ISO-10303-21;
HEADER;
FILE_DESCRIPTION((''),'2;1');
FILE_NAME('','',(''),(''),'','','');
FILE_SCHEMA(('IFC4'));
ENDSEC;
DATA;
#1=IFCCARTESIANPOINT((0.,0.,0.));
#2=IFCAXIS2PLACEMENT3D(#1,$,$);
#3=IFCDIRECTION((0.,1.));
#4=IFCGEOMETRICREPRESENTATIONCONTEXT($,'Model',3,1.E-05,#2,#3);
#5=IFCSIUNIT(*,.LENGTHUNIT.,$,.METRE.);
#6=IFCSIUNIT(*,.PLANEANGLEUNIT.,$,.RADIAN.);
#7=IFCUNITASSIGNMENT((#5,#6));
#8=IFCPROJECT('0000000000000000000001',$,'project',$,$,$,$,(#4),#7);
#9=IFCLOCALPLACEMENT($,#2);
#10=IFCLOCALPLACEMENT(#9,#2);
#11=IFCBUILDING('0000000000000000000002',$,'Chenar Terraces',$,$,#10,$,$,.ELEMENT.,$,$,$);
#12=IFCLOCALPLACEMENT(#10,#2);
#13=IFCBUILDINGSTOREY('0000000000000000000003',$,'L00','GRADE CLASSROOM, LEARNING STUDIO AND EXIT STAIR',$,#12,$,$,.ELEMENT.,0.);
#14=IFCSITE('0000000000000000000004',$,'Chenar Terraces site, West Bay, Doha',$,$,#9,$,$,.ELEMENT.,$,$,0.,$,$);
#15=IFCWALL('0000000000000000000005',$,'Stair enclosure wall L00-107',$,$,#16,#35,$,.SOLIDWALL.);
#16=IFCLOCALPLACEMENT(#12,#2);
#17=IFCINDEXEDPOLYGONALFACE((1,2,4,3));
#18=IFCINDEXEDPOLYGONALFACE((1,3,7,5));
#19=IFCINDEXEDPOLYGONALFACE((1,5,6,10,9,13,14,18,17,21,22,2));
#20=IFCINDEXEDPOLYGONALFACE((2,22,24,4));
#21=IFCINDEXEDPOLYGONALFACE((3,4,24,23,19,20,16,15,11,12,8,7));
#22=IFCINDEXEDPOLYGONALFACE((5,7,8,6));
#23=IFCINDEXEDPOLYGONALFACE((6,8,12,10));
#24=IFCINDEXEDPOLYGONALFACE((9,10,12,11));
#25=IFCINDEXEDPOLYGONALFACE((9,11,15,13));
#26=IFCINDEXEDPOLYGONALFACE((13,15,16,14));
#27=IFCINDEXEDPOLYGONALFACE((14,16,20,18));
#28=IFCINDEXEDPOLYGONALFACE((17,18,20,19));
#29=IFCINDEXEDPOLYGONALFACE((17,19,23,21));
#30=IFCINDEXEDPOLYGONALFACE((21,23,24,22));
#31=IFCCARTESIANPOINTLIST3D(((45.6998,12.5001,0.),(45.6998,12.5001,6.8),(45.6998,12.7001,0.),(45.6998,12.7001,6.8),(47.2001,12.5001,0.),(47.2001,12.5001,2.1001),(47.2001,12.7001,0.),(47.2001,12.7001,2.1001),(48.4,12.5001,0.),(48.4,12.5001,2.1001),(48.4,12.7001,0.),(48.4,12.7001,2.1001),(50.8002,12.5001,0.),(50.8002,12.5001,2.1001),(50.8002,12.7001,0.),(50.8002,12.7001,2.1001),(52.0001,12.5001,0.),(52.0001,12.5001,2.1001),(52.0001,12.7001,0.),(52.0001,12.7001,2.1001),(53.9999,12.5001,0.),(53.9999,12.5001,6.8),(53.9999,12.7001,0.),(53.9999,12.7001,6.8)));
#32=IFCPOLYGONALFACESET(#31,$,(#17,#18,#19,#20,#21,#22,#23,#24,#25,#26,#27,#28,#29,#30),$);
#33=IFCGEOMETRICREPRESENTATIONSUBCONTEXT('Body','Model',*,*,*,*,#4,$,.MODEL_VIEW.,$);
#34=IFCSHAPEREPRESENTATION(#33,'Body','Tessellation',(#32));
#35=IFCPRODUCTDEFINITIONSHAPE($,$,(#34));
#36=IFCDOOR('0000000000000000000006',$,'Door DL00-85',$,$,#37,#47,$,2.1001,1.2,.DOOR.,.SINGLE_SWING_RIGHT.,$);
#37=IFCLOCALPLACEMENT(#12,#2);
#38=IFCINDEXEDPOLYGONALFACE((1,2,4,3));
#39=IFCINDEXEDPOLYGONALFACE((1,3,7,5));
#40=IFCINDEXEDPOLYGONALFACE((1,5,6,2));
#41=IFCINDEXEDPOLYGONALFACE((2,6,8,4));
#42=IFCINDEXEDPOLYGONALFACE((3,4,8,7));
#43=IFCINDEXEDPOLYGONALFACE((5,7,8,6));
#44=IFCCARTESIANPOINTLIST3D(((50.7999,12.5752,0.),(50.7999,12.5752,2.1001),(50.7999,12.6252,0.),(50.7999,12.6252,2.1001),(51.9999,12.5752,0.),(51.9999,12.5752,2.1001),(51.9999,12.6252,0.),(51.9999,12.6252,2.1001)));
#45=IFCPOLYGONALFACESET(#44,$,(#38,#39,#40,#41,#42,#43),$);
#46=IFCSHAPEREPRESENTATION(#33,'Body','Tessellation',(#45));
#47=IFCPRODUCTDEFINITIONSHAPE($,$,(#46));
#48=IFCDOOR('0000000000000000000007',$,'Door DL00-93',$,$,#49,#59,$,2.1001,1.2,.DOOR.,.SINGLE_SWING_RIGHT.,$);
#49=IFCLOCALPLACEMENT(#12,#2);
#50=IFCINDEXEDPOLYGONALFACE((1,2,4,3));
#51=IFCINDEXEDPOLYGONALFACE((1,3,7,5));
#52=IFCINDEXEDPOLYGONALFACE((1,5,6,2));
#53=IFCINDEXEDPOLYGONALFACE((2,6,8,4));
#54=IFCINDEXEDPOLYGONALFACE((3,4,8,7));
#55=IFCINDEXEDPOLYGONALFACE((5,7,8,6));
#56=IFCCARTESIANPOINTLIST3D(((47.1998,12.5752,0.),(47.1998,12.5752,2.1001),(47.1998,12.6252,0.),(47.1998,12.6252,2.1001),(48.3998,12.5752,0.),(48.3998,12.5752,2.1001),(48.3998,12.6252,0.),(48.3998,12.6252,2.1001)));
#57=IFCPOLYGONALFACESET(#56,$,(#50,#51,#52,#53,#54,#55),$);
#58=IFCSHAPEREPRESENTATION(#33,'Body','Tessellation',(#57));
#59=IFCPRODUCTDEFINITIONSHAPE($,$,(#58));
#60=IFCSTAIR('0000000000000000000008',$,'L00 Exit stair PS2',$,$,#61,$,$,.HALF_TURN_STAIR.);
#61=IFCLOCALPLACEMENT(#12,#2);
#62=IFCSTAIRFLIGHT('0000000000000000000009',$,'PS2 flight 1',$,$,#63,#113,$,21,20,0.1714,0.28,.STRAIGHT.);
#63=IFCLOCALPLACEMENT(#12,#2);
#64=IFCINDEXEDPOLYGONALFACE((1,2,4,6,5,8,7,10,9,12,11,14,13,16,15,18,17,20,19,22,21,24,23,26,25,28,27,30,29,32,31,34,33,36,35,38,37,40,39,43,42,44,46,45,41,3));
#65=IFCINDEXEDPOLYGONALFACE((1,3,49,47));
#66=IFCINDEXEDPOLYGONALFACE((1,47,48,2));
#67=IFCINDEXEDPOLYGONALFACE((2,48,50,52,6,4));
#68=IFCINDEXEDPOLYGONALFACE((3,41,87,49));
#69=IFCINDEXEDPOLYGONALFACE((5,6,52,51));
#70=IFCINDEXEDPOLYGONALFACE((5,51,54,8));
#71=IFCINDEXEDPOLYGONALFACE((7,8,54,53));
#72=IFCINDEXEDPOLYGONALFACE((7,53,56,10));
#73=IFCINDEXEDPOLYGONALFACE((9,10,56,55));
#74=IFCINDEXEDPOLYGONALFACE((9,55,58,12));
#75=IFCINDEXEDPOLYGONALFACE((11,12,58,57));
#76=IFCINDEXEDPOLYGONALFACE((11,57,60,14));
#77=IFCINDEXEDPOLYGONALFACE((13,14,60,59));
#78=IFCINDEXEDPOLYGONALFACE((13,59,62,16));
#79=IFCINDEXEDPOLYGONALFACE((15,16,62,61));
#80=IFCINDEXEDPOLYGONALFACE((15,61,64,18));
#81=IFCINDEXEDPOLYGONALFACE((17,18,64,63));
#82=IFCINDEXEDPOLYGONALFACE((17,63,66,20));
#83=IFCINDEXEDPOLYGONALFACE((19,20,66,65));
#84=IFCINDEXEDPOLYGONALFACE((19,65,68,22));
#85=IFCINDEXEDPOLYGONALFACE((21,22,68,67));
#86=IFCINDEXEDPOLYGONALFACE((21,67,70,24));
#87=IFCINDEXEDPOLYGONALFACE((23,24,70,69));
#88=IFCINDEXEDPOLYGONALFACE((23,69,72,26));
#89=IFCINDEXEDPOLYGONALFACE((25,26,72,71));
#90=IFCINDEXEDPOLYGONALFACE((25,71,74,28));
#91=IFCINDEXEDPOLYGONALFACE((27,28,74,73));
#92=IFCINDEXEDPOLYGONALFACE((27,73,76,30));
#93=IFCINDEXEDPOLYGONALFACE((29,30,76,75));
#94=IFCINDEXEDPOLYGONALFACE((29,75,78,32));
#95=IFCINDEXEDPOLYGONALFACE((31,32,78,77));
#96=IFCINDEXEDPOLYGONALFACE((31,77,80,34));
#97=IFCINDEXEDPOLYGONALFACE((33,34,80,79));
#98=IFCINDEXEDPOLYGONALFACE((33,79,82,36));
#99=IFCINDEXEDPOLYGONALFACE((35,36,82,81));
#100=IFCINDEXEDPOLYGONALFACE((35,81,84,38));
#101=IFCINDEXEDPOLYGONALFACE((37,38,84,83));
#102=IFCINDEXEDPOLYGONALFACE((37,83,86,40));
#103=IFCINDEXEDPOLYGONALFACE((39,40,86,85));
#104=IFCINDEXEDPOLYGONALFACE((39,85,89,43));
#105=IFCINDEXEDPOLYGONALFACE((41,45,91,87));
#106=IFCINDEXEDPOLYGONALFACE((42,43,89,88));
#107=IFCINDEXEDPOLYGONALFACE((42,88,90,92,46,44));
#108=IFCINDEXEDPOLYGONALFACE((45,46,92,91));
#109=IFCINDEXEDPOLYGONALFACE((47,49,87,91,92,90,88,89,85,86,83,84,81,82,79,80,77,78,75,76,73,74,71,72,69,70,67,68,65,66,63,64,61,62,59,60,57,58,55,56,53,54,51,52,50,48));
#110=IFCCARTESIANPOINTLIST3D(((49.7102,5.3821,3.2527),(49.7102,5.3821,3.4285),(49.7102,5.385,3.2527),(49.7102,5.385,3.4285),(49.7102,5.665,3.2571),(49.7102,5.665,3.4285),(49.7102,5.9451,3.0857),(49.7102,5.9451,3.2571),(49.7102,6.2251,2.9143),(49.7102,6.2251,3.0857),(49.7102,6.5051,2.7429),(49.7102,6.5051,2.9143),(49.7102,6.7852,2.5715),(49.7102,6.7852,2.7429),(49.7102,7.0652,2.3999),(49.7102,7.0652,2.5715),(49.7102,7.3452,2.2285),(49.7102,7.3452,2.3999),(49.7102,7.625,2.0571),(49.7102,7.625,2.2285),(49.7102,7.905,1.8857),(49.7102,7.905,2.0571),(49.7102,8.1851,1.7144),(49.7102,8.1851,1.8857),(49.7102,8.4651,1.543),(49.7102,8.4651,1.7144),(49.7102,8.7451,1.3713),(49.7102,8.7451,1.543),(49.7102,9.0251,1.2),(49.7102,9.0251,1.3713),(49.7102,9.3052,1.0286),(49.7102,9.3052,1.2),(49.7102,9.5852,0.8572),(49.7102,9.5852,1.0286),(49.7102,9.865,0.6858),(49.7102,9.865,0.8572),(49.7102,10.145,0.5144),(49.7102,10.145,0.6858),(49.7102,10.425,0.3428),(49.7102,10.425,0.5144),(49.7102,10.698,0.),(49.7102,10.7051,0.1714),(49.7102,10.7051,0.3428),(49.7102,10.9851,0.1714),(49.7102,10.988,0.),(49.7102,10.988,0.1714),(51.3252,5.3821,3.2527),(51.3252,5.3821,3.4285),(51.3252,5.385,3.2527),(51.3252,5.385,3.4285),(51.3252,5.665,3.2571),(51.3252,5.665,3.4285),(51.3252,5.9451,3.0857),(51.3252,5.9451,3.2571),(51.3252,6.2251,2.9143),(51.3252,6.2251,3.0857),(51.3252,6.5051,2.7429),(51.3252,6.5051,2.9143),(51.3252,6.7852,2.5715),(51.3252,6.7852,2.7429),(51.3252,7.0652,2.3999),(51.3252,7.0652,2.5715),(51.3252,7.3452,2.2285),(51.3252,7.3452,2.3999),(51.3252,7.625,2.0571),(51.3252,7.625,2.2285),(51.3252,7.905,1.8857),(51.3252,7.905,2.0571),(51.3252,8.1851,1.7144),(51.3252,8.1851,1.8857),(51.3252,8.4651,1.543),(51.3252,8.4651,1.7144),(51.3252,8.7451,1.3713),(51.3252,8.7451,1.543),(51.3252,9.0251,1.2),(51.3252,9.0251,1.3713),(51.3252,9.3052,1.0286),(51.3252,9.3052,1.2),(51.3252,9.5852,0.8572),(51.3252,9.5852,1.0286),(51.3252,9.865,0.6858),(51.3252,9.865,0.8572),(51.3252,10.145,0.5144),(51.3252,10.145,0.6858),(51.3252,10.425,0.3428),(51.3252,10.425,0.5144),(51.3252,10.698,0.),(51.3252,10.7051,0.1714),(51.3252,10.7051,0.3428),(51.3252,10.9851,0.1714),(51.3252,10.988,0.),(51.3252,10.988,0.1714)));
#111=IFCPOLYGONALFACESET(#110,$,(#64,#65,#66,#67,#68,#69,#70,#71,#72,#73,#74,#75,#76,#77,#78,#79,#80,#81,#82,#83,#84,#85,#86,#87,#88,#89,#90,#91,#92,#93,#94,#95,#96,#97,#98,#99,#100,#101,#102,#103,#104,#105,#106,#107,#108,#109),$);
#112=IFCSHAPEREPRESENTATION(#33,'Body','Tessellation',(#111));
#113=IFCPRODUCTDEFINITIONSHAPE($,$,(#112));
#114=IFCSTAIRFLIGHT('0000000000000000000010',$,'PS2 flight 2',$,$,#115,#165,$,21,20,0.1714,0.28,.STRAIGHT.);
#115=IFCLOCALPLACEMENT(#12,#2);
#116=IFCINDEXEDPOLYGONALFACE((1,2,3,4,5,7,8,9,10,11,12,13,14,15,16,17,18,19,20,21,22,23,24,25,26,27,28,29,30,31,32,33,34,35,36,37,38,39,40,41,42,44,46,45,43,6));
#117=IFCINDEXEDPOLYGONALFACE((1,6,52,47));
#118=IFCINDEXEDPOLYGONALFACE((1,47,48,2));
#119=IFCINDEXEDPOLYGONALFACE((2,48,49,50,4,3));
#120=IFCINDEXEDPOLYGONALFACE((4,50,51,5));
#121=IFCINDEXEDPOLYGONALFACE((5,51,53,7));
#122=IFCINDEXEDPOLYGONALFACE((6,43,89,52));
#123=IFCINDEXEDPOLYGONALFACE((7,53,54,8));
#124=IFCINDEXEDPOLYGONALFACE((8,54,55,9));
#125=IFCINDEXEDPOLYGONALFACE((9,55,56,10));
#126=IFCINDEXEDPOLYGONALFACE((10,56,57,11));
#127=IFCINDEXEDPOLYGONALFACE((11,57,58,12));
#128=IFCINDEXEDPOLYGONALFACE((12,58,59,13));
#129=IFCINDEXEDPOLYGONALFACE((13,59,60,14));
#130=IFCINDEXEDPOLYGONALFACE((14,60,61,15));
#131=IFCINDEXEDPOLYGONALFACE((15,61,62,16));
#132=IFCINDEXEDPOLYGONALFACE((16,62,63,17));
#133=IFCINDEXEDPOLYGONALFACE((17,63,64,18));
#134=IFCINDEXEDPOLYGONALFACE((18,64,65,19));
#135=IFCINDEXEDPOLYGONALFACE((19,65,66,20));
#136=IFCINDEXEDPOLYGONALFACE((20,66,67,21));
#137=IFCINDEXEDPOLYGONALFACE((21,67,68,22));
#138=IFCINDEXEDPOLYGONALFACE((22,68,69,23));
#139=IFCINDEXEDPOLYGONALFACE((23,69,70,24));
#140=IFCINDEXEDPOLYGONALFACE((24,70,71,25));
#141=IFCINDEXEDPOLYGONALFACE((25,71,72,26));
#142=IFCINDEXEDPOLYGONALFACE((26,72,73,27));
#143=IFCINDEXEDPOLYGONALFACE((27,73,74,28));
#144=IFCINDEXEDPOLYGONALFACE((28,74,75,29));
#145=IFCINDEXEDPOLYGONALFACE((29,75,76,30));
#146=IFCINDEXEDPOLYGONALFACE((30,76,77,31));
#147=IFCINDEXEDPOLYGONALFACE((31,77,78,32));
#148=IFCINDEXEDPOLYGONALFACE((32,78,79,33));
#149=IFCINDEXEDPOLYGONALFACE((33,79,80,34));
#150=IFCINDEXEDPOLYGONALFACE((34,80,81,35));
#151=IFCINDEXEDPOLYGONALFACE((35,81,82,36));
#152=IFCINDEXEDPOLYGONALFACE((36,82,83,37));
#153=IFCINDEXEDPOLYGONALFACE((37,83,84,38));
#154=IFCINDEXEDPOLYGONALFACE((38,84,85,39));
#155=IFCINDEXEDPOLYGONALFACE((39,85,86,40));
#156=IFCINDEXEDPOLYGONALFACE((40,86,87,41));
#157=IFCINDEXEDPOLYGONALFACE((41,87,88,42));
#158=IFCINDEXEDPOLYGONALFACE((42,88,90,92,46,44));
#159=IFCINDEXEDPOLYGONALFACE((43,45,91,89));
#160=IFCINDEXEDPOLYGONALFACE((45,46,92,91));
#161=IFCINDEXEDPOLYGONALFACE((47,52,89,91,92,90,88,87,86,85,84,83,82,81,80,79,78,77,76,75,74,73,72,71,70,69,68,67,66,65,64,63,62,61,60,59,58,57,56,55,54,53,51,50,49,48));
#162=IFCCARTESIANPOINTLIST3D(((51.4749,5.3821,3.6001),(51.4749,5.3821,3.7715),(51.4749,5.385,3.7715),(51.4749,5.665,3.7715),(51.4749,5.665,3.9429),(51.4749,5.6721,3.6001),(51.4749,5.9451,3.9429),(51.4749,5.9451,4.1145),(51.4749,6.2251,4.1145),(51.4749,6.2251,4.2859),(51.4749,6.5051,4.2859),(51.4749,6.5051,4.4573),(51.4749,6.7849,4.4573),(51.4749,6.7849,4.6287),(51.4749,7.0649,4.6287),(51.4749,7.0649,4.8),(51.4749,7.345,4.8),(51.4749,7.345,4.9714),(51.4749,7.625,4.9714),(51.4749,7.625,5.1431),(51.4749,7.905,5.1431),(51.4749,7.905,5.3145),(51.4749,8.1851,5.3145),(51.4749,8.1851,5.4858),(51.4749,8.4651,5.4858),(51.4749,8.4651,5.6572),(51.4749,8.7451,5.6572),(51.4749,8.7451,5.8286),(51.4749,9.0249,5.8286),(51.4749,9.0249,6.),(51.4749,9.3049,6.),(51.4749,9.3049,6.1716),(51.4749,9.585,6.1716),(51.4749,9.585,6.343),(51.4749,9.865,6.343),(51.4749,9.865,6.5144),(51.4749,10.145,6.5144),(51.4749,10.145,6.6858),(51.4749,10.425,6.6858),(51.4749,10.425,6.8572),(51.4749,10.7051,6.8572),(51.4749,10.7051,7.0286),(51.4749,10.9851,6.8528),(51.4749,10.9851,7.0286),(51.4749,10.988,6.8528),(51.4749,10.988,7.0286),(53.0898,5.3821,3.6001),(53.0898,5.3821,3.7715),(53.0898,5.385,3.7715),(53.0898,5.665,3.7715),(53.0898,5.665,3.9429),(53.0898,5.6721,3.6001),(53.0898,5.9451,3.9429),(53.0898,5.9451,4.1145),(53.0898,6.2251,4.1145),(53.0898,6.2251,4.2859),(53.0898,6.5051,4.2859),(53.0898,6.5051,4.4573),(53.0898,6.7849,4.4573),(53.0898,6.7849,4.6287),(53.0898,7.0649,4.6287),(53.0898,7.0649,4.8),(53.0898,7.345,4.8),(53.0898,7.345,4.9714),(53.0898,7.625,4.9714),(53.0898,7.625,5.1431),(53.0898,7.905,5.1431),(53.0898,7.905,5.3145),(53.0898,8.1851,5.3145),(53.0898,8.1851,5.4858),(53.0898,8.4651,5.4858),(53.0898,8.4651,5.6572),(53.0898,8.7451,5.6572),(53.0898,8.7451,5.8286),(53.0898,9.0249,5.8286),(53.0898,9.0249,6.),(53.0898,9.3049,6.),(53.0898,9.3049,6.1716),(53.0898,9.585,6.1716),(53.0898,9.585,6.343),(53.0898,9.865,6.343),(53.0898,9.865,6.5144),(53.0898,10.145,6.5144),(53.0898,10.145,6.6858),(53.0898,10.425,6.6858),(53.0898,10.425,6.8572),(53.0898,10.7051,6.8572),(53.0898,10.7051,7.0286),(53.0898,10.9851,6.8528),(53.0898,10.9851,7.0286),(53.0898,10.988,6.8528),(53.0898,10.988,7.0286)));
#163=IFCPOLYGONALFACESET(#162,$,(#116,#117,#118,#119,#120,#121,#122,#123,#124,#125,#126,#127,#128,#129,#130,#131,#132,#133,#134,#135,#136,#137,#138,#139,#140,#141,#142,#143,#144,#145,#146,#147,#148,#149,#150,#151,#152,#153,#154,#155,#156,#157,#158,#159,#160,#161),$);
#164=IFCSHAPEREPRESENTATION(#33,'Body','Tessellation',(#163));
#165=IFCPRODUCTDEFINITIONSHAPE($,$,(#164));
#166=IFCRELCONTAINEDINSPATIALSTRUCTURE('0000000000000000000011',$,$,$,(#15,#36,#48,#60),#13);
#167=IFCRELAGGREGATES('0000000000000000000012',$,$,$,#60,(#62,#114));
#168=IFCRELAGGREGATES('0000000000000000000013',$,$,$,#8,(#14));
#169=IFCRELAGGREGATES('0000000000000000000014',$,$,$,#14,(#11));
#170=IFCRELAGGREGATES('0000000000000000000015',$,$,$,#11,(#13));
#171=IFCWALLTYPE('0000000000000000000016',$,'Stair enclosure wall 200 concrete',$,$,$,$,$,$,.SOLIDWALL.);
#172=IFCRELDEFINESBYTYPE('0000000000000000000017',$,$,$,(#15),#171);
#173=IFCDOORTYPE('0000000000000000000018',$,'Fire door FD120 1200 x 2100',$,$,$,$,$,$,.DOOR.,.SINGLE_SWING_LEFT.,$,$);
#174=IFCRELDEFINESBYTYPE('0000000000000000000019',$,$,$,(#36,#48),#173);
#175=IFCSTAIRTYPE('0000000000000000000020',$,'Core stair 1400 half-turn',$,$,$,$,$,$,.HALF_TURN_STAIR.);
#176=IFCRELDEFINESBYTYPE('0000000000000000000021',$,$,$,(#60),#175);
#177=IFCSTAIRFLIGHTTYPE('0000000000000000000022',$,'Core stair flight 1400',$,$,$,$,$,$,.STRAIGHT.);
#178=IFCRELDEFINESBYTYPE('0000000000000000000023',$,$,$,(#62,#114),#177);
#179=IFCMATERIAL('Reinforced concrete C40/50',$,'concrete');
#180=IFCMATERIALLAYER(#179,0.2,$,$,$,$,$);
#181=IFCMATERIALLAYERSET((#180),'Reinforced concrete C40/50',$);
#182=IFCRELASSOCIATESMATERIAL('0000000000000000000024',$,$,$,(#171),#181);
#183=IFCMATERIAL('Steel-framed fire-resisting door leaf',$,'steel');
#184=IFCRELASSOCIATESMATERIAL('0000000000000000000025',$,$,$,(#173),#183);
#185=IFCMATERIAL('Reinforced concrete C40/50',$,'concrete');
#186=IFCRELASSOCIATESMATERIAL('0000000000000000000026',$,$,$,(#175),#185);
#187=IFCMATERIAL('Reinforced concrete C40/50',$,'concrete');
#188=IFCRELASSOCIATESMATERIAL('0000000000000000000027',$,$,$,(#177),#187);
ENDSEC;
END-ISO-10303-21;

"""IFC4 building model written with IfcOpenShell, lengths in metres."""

from ifc_helpers import new_model, si_unit, direction, frame, frame_2d, origin, place, context, subcontext, project, spatial, polyline, rectangle, outline, extrude, material, layer, layer_set, type_object, element, fill, aggregate, save


model = new_model("IFC4")

# Units and contexts
model_context = context("Model", 3, precision=1e-05, world=origin(), true_north=direction((0.0, 1.0)))
body_context = subcontext(model_context, "Body", "Model", "MODEL_VIEW")
ifc_project = project(units=[si_unit("LENGTHUNIT", "METRE"), si_unit("PLANEANGLEUNIT", "RADIAN")], contexts=[model_context])

# Site, building, storey
site_placement = place(None, origin())
site = spatial("IfcSite", under=ifc_project, at=site_placement, Name="Chenar Terraces site, West Bay, Doha", CompositionType="ELEMENT", RefElevation=0.0)
building_placement = place(site_placement, origin())
building = spatial("IfcBuilding", under=site, at=building_placement, Name="Chenar Terraces", CompositionType="ELEMENT")
storey_placement = place(building_placement, origin())
storey = spatial("IfcBuildingStorey", under=building, at=storey_placement, Name="L00", Description="GRADE CLASSROOM, LEARNING STUDIO AND EXIT STAIR", CompositionType="ELEMENT", Elevation=0.0)

# Wall, openings, doors
ifc_material_1 = material(Name="Reinforced concrete C40/50", Category="concrete")
ifc_layer_1 = layer(ifc_material_1, 0.2)
ifc_layer_set_1 = layer_set([ifc_layer_1], Name="Reinforced concrete C40/50")
wall_type_1 = type_object("IfcWallType", Name="Stair enclosure wall 200 concrete", PredefinedType="SOLIDWALL", material=ifc_layer_set_1)
wall_1_placement = place(storey_placement, frame((45.7, 12.6001, 0.0), z_axis=(0.0, 0.0, 1.0), x_axis=(1.0, 0.0, 0.0)))
wall_1 = element("IfcWall", 1, at=wall_1_placement, inside=storey, type_object=wall_type_1, Name="Stair enclosure wall L00-107", PredefinedType="SOLIDWALL", context=body_context, shape_type="SweptSolid", body=[
    extrude(rectangle(XDim=8.3, YDim=0.2, at=frame_2d((4.1499, 0.0))), origin(), (0.0, 0.0, 1.0), 6.8),
])
opening_1_placement = place(wall_1_placement, frame((5.1001, 0.0, 0.0)))
opening_1 = element("IfcOpeningElement", 2, at=opening_1_placement, cuts=wall_1, PredefinedType="OPENING", context=body_context, shape_type="SweptSolid", body=[
    extrude(rectangle(XDim=1.2, YDim=2.1001, at=frame_2d((0.6001, 1.05))), frame((0.0, 0.1099, 0.0), z_axis=(0.0, -1.0, 0.0), x_axis=(1.0, 0.0, 0.0)), (0.0, 0.0, 1.0), 0.22),
])
opening_2_placement = place(wall_1_placement, frame((1.5, 0.0, 0.0)))
opening_2 = element("IfcOpeningElement", 3, at=opening_2_placement, cuts=wall_1, PredefinedType="OPENING", context=body_context, shape_type="SweptSolid", body=[
    extrude(rectangle(XDim=1.2, YDim=2.1001, at=frame_2d((0.6001, 1.05))), frame((0.0, 0.1099, 0.0), z_axis=(0.0, -1.0, 0.0), x_axis=(1.0, 0.0, 0.0)), (0.0, 0.0, 1.0), 0.22),
])
ifc_material_2 = material(Name="Steel-framed fire-resisting door leaf", Category="steel")
door_type_1 = type_object("IfcDoorType", Name="Fire door FD120 1200 x 2100", OperationType="SINGLE_SWING_LEFT", PredefinedType="DOOR", material=ifc_material_2)
door_1_placement = place(opening_1_placement, frame((1.2, 0.0, 0.0), z_axis=(0.0, 0.0, 1.0), x_axis=(-1.0, 0.0, 0.0)))
door_1 = element("IfcDoor", 4, at=door_1_placement, inside=storey, type_object=door_type_1, Name="Door DL00-85", OperationType="SINGLE_SWING_RIGHT", OverallHeight=2.1001, OverallWidth=1.2, PredefinedType="DOOR", context=body_context, shape_type="SweptSolid", body=[
    extrude(rectangle(XDim=1.2, YDim=2.1001, at=frame_2d((0.6001, 1.05))), frame((0.0, 0.0249, 0.0), z_axis=(0.0, -1.0, 0.0), x_axis=(1.0, 0.0, 0.0)), (0.0, 0.0, 1.0), 0.05),
])
fill(opening_1, door_1)
door_2_placement = place(opening_2_placement, frame((1.2, 0.0, 0.0), z_axis=(0.0, 0.0, 1.0), x_axis=(-1.0, 0.0, 0.0)))
door_2 = element("IfcDoor", 5, at=door_2_placement, inside=storey, type_object=door_type_1, Name="Door DL00-93", OperationType="SINGLE_SWING_RIGHT", OverallHeight=2.1001, OverallWidth=1.2, PredefinedType="DOOR", context=body_context, shape_type="SweptSolid", body=[
    extrude(rectangle(XDim=1.2, YDim=2.1001, at=frame_2d((0.6001, 1.05))), frame((0.0, 0.0249, 0.0), z_axis=(0.0, -1.0, 0.0), x_axis=(1.0, 0.0, 0.0)), (0.0, 0.0, 1.0), 0.05),
])
fill(opening_2, door_2)

# Stair, stair flights
ifc_material_3 = material(Name="Reinforced concrete C40/50", Category="concrete")
stair_type = type_object("IfcStairType", Name="Core stair 1400 half-turn", PredefinedType="HALF_TURN_STAIR", material=ifc_material_3)
placement = place(storey_placement, origin())
stair_1 = element("IfcStair", 6, at=placement, inside=storey, type_object=stair_type, Name="L00 Exit stair PS2", PredefinedType="HALF_TURN_STAIR")
ifc_material_4 = material(Name="Reinforced concrete C40/50", Category="concrete")
stair_flight_type = type_object("IfcStairFlightType", Name="Core stair flight 1400", PredefinedType="STRAIGHT", material=ifc_material_4)
stair_flight_1_placement = place(storey_placement, frame((50.5176, 10.9851, 0.0), z_axis=(0.0, 0.0, 1.0), x_axis=(0.0, -1.0, 0.0)))
stair_flight_1 = element("IfcStairFlight", 7, at=stair_flight_1_placement, type_object=stair_flight_type, Name="PS2 flight 1", NumberOfRisers=21, NumberOfTreads=20, PredefinedType="STRAIGHT", RiserHeight=0.1714, TreadLength=0.28, context=body_context, shape_type="SweptSolid", body=[
    extrude(outline(polyline([(-0.0029, 0.0), (-0.0029, 0.1714), (0.0, 0.1714), (0.28, 0.1714), (0.28, 0.3428), (0.5601, 0.3428), (0.5601, 0.5144), (0.8401, 0.5144), (0.8401, 0.6858), (1.1201, 0.6858), (1.1201, 0.8572), (1.3999, 0.8572), (1.3999, 1.0286), (1.6799, 1.0286), (1.6799, 1.2), (1.96, 1.2), (1.96, 1.3713), (2.24, 1.3713), (2.24, 1.543), (2.52, 1.543), (2.52, 1.7144), (2.8, 1.7144), (2.8, 1.8857), (3.0801, 1.8857), (3.0801, 2.0571), (3.3601, 2.0571), (3.3601, 2.2285), (3.6399, 2.2285), (3.6399, 2.3999), (3.9199, 2.3999), (3.9199, 2.5715), (4.2, 2.5715), (4.2, 2.7429), (4.48, 2.7429), (4.48, 2.9143), (4.76, 2.9143), (4.76, 3.0857), (5.04, 3.0857), (5.04, 3.2571), (5.3201, 3.2571), (5.3201, 3.4285), (5.6001, 3.4285), (5.603, 3.4285), (5.603, 3.2527), (5.6001, 3.2527), (0.2871, 0.0), (-0.0029, 0.0)])), frame((0.0, 0.8076, 0.0), z_axis=(0.0, -1.0, 0.0), x_axis=(1.0, 0.0, 0.0)), (0.0, 0.0, 1.0), 1.615),
])
stair_flight_2_placement = place(storey_placement, frame((52.2825, 5.385, 3.6001), z_axis=(0.0, 0.0, 1.0), x_axis=(0.0, 1.0, 0.0)))
stair_flight_2 = element("IfcStairFlight", 8, at=stair_flight_2_placement, type_object=stair_flight_type, Name="PS2 flight 2", NumberOfRisers=21, NumberOfTreads=20, PredefinedType="STRAIGHT", RiserHeight=0.1714, TreadLength=0.28, context=body_context, shape_type="SweptSolid", body=[
    extrude(outline(polyline([(-0.0029, 0.0), (-0.0029, 0.1714), (0.0, 0.1714), (0.28, 0.1714), (0.28, 0.3428), (0.5601, 0.3428), (0.5601, 0.5144), (0.8401, 0.5144), (0.8401, 0.6858), (1.1201, 0.6858), (1.1201, 0.8572), (1.3999, 0.8572), (1.3999, 1.0286), (1.6799, 1.0286), (1.6799, 1.2), (1.96, 1.2), (1.96, 1.3713), (2.24, 1.3713), (2.24, 1.543), (2.52, 1.543), (2.52, 1.7144), (2.8, 1.7144), (2.8, 1.8857), (3.0801, 1.8857), (3.0801, 2.0571), (3.3601, 2.0571), (3.3601, 2.2285), (3.6399, 2.2285), (3.6399, 2.3999), (3.9199, 2.3999), (3.9199, 2.5715), (4.2, 2.5715), (4.2, 2.7429), (4.48, 2.7429), (4.48, 2.9143), (4.76, 2.9143), (4.76, 3.0857), (5.04, 3.0857), (5.04, 3.2571), (5.3201, 3.2571), (5.3201, 3.4285), (5.6001, 3.4285), (5.603, 3.4285), (5.603, 3.2527), (5.6001, 3.2527), (0.2871, 0.0), (-0.0029, 0.0)])), frame((0.0, 0.8076, 0.0), z_axis=(0.0, -1.0, 0.0), x_axis=(1.0, 0.0, 0.0)), (0.0, 0.0, 1.0), 1.615),
])
aggregate(stair_1, [stair_flight_1, stair_flight_2])

save(model, "model.ifc")
